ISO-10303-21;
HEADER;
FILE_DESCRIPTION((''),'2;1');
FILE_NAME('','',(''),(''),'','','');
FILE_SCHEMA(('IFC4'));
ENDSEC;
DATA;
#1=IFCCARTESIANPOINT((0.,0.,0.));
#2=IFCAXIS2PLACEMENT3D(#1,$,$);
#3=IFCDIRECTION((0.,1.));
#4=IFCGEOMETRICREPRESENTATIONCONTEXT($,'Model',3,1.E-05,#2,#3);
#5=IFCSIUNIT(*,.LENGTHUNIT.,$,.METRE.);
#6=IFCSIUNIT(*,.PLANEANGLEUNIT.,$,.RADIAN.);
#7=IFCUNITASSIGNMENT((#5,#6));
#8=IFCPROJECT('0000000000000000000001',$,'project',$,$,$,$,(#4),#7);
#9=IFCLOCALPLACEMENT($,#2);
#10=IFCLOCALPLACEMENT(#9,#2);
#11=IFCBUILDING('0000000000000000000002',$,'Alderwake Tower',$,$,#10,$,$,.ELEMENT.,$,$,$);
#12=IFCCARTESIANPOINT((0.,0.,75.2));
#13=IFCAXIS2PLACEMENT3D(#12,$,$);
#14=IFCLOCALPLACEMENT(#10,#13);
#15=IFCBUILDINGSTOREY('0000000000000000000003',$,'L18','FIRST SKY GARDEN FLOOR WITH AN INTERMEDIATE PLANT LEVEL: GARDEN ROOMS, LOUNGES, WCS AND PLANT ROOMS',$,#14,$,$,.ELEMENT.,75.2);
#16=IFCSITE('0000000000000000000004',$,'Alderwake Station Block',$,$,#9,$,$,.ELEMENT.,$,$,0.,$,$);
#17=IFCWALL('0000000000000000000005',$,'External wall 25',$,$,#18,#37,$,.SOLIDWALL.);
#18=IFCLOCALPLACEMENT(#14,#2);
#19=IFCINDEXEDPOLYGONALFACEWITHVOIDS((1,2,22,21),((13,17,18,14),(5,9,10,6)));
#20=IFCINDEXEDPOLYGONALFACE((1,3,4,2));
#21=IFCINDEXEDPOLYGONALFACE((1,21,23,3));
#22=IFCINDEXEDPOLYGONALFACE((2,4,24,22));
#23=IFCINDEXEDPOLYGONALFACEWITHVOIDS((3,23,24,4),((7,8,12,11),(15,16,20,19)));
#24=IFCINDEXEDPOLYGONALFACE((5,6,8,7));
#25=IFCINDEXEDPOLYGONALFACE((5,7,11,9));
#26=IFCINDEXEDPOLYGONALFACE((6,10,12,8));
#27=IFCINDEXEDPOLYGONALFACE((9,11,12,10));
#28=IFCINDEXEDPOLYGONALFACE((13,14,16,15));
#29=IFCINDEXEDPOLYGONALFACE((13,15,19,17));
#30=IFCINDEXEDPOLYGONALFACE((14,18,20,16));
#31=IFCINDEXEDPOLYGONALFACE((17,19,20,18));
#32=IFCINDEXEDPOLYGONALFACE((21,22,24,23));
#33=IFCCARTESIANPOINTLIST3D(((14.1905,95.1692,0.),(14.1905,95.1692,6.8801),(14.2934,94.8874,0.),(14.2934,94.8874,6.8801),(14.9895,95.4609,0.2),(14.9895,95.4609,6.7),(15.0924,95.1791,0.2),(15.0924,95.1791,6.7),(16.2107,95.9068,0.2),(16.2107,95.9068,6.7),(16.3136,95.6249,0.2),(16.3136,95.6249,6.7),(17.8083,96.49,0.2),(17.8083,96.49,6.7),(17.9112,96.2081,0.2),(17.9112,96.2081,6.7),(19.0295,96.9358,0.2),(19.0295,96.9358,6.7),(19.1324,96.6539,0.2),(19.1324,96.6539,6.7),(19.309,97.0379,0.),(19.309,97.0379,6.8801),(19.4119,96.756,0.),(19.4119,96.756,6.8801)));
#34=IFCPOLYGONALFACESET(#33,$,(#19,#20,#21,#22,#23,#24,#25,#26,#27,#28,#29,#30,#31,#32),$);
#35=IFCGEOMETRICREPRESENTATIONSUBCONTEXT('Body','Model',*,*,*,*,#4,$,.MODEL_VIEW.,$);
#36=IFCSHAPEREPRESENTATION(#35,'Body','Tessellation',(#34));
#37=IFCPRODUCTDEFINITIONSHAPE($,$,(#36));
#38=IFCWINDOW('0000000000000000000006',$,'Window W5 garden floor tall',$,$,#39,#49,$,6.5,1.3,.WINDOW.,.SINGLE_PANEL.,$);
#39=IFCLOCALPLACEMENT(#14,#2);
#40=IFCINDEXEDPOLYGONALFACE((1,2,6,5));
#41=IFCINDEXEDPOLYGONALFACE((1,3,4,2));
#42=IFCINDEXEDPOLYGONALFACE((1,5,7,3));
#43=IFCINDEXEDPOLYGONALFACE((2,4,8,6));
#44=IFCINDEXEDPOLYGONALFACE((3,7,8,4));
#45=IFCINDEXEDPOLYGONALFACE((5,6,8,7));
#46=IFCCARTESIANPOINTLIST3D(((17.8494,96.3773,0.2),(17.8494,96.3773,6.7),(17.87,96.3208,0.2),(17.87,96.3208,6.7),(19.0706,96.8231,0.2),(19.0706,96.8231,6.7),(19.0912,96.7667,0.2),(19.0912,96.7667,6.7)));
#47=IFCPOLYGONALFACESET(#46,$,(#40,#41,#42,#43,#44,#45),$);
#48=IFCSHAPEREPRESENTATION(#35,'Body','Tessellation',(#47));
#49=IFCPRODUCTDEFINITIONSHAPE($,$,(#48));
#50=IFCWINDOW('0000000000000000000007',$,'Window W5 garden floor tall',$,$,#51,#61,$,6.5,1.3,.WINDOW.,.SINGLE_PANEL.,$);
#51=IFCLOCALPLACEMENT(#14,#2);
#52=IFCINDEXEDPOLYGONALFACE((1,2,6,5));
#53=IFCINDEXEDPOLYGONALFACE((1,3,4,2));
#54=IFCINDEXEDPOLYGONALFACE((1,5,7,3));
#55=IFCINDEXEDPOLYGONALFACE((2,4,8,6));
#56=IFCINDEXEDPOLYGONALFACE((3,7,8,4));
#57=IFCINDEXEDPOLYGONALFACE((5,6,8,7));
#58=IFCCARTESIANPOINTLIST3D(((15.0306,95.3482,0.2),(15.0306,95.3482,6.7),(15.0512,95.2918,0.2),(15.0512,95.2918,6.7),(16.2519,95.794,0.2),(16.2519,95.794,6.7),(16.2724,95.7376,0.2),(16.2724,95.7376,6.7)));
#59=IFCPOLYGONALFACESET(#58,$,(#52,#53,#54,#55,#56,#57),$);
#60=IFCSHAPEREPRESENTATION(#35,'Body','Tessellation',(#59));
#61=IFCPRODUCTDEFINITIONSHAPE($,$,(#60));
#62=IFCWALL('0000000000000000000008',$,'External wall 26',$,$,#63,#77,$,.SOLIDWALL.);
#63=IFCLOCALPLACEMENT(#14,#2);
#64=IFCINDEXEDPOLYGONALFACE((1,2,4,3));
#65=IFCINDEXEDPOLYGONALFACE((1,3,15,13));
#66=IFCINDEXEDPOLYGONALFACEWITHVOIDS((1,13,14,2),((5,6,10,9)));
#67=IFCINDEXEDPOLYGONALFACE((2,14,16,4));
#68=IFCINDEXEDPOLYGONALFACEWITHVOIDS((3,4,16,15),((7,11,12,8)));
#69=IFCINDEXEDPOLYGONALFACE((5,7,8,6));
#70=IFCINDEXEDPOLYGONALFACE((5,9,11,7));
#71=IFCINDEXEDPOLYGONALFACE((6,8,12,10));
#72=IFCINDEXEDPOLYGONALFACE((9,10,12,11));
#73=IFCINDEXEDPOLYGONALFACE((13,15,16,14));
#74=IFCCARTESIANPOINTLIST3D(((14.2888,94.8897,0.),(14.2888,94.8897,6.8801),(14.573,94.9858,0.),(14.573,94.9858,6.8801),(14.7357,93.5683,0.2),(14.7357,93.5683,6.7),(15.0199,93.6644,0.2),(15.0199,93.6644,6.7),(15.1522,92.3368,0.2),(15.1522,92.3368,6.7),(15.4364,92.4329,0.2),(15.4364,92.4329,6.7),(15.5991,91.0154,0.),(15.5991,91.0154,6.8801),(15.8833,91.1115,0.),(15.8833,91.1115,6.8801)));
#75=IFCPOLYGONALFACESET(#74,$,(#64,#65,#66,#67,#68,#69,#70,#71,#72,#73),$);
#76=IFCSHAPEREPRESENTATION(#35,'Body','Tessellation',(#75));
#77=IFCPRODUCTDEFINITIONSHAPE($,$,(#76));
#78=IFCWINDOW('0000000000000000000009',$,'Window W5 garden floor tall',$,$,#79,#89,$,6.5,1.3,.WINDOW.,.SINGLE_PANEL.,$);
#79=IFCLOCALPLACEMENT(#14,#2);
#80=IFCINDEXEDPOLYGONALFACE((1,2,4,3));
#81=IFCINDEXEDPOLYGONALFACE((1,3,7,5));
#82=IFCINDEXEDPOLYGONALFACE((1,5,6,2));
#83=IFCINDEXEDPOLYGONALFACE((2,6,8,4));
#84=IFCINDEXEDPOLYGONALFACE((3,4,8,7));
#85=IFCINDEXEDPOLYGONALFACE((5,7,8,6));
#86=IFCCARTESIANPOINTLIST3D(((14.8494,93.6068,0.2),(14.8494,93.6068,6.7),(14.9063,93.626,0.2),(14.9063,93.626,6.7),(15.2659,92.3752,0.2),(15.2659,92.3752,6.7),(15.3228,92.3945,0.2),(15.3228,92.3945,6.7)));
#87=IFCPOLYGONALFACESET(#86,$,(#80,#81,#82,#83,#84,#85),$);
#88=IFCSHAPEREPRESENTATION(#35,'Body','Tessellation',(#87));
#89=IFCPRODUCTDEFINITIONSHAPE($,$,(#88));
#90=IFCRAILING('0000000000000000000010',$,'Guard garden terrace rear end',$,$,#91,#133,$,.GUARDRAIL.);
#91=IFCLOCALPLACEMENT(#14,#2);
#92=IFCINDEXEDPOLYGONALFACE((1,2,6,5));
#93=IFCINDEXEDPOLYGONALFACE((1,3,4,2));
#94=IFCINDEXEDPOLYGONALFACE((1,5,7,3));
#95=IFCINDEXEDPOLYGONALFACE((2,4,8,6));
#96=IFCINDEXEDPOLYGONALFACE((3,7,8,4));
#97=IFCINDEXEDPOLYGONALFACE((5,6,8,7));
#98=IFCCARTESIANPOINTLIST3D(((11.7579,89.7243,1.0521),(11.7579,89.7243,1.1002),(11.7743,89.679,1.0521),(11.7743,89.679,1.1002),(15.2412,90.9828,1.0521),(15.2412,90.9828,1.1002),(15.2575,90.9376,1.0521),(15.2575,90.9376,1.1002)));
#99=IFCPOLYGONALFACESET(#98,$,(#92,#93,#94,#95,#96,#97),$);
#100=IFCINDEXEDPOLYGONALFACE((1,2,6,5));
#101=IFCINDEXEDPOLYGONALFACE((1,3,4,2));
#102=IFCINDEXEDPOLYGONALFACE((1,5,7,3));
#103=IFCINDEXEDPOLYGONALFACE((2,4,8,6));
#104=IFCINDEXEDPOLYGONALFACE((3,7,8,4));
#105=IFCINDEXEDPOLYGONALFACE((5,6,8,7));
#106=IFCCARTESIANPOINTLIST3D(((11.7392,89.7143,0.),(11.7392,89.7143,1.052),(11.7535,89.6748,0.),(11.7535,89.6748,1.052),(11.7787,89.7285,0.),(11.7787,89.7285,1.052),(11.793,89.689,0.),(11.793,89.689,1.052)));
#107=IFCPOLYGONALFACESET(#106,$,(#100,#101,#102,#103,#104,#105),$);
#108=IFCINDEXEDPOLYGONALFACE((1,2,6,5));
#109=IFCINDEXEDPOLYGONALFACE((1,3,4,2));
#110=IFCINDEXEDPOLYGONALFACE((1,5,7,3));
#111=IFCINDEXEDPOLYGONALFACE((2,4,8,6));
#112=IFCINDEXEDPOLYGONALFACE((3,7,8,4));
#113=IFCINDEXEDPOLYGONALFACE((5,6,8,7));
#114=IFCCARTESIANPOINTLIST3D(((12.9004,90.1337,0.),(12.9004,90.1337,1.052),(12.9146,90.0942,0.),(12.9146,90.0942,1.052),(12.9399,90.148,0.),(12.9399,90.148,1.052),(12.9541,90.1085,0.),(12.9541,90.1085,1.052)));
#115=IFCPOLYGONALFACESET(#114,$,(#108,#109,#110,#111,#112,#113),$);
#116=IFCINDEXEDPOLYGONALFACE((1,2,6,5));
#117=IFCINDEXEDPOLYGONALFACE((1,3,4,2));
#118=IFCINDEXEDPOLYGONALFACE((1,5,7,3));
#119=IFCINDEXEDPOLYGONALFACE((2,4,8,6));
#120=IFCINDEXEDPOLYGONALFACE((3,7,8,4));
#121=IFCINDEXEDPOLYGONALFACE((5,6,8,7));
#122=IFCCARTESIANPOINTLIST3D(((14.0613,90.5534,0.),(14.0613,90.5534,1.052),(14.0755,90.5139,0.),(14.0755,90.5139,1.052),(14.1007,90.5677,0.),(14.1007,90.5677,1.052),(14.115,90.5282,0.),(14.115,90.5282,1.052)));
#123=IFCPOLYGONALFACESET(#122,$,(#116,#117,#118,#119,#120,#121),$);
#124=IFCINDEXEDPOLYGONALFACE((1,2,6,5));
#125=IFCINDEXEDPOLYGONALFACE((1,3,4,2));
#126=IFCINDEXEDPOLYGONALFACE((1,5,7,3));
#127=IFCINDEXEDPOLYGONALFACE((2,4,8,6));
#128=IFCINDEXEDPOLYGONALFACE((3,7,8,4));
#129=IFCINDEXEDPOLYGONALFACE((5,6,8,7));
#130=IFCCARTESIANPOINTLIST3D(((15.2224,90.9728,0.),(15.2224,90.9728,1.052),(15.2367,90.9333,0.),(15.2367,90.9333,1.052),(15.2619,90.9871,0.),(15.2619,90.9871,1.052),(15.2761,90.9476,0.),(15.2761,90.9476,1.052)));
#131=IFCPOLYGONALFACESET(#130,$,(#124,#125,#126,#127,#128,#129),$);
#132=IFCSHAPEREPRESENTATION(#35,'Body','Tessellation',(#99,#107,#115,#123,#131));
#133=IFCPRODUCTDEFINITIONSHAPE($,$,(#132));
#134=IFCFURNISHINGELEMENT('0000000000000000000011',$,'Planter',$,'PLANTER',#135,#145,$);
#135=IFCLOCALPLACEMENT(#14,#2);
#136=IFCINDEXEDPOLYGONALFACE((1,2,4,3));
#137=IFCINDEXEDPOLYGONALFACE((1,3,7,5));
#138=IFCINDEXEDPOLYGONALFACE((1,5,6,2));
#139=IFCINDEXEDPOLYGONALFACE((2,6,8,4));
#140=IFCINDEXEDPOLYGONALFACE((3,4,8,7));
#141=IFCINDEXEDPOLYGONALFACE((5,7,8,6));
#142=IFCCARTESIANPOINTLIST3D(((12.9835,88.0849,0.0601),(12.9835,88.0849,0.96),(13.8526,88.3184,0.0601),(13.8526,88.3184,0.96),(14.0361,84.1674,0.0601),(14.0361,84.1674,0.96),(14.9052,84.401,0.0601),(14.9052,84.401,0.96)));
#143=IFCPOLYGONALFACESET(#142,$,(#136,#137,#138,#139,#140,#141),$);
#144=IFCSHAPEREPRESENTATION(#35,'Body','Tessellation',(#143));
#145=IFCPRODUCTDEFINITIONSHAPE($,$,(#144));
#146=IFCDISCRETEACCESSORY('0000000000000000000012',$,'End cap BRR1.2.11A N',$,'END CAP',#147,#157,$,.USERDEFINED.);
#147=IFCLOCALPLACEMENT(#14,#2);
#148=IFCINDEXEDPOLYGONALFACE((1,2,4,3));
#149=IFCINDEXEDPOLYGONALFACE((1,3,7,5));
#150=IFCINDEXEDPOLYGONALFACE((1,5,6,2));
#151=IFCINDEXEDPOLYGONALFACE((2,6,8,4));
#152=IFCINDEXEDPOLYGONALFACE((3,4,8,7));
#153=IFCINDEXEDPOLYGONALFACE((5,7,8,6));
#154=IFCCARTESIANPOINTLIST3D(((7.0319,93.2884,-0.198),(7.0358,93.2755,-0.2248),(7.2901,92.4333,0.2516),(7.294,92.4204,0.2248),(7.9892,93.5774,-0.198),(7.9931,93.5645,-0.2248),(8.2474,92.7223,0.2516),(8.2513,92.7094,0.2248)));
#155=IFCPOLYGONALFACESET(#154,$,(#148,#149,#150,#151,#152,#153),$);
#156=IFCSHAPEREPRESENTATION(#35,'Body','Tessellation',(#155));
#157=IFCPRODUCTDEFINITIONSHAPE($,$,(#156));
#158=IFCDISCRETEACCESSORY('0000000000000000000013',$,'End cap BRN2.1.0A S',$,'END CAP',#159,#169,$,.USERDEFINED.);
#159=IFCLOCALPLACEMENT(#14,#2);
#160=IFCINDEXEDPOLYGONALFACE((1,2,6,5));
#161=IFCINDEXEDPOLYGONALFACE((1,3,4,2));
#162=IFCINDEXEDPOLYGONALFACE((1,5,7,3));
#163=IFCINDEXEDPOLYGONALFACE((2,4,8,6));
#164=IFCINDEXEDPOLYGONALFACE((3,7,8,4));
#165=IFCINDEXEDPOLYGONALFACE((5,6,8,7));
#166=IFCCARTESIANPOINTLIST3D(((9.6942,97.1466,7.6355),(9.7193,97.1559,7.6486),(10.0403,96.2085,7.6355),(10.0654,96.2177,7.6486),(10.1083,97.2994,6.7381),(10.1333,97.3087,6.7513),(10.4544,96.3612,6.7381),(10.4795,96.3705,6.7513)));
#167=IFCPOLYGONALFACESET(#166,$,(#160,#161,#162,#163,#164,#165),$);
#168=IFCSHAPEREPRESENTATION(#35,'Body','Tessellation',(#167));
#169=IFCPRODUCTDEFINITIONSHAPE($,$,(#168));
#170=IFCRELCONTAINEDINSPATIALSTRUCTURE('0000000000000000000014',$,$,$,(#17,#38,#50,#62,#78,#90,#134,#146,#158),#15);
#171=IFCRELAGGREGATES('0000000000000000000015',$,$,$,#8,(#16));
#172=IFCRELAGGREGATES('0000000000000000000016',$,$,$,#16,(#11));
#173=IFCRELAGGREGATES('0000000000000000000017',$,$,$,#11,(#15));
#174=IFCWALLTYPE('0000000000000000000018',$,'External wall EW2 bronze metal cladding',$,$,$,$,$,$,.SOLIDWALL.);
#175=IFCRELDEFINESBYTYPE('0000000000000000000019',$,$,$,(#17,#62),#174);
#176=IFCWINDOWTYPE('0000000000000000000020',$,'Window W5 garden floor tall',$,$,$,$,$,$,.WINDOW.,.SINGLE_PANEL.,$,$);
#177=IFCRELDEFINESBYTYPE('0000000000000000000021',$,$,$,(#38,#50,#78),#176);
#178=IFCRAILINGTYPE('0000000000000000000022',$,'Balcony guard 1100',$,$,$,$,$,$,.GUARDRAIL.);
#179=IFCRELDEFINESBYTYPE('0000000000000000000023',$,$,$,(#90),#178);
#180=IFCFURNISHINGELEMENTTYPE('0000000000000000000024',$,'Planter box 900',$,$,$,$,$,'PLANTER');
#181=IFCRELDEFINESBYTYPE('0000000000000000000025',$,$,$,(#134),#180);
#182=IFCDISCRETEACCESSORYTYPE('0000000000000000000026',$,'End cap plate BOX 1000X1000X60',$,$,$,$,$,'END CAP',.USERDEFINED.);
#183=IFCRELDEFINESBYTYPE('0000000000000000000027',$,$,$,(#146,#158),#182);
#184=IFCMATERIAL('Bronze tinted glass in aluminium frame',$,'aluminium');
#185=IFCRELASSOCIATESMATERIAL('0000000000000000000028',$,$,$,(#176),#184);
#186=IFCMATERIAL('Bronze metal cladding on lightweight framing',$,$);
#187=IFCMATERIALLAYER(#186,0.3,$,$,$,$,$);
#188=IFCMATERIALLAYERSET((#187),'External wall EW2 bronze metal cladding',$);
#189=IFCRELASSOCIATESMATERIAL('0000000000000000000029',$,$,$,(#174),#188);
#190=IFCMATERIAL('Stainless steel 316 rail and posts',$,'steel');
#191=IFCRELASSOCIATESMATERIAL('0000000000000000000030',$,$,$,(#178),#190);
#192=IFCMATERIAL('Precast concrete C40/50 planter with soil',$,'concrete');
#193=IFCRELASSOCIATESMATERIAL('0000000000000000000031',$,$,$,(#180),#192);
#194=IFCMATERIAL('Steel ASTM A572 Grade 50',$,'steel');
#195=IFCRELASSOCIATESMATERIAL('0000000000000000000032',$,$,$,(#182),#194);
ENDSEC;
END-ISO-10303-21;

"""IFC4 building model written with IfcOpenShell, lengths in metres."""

from ifc_helpers import new_model, si_unit, direction, frame, frame_2d, origin, origin_2d, place, context, subcontext, project, spatial, rectangle, extrude, material, layer, layer_set, material_profile, profile_set, type_object, element, fill, save


model = new_model("IFC4")

# Units and contexts
model_context = context("Model", 3, precision=1e-05, world=origin(), true_north=direction((0.0, 1.0)))
body_context = subcontext(model_context, "Body", "Model", "MODEL_VIEW")
ifc_project = project(units=[si_unit("LENGTHUNIT", "METRE"), si_unit("PLANEANGLEUNIT", "RADIAN")], contexts=[model_context])

# Site, building, storey
site_placement = place(None, origin())
site = spatial("IfcSite", under=ifc_project, at=site_placement, Name="Alderwake Station Block", CompositionType="ELEMENT", RefElevation=0.0)
building_placement = place(site_placement, origin())
building = spatial("IfcBuilding", under=site, at=building_placement, Name="Alderwake Tower", CompositionType="ELEMENT")
storey_placement = place(building_placement, frame((0.0, 0.0, 75.2)))
storey = spatial("IfcBuildingStorey", under=building, at=storey_placement, Name="L18", Description="FIRST SKY GARDEN FLOOR WITH AN INTERMEDIATE PLANT LEVEL: GARDEN ROOMS, LOUNGES, WCS AND PLANT ROOMS", CompositionType="ELEMENT", Elevation=75.2)

# Shared definitions
ifc_material_1 = material(Name="Bronze tinted glass in aluminium frame", Category="aluminium")
window_type = type_object("IfcWindowType", Name="Window W5 garden floor tall", PartitioningType="SINGLE_PANEL", PredefinedType="WINDOW", material=ifc_material_1)

# Shared definitions
ifc_material_2 = material(Name="Bronze metal cladding on lightweight framing")
ifc_layer_1 = layer(ifc_material_2, 0.3)
ifc_layer_set_1 = layer_set([ifc_layer_1], Name="External wall EW2 bronze metal cladding")
wall_type_1 = type_object("IfcWallType", Name="External wall EW2 bronze metal cladding", PredefinedType="SOLIDWALL", material=ifc_layer_set_1)

# Wall, openings, windows
wall_1_placement = place(storey_placement, frame((19.3606, 96.897, 0.0), z_axis=(0.0, 0.0, 1.0), x_axis=(-0.939361, -0.34293, 0.0)))
wall_1 = element("IfcWall", 1, at=wall_1_placement, inside=storey, type_object=wall_type_1, Name="External wall 25", PredefinedType="SOLIDWALL", context=body_context, shape_type="SweptSolid", body=[
    extrude(rectangle(XDim=5.449, YDim=0.3, at=frame_2d((2.7246, 0.0))), origin(), (0.0, 0.0, 1.0), 6.8801),
])
opening_1_placement = place(wall_1_placement, frame((0.2979, 0.0, 0.2)))
opening_1 = element("IfcOpeningElement", 2, at=opening_1_placement, cuts=wall_1, PredefinedType="OPENING", context=body_context, shape_type="SweptSolid", body=[
    extrude(rectangle(XDim=1.3, YDim=6.5, at=frame_2d((0.6499, 3.25))), frame((0.0, 0.1599, 0.0), z_axis=(0.0, -1.0, 0.0), x_axis=(1.0, 0.0, 0.0)), (0.0, 0.0, 1.0), 0.3201),
])
opening_2_placement = place(wall_1_placement, frame((3.2986, 0.0, 0.2)))
opening_2 = element("IfcOpeningElement", 3, at=opening_2_placement, cuts=wall_1, PredefinedType="OPENING", context=body_context, shape_type="SweptSolid", body=[
    extrude(rectangle(XDim=1.3, YDim=6.5, at=frame_2d((0.6499, 3.25))), frame((0.0, 0.1599, 0.0), z_axis=(0.0, -1.0, 0.0), x_axis=(1.0, 0.0, 0.0)), (0.0, 0.0, 1.0), 0.3201),
])
window_1_placement = place(opening_1_placement, origin())
window_1 = element("IfcWindow", 4, at=window_1_placement, inside=storey, type_object=window_type, Name="Window W5 garden floor tall", OverallHeight=6.5, OverallWidth=1.3, PartitioningType="SINGLE_PANEL", PredefinedType="WINDOW", context=body_context, shape_type="SweptSolid", body=[
    extrude(rectangle(XDim=1.3, YDim=6.5, at=frame_2d((0.6499, 3.25))), frame((0.0, 0.03, 0.0), z_axis=(0.0, -1.0, 0.0), x_axis=(1.0, 0.0, 0.0)), (0.0, 0.0, 1.0), 0.0601),
])
fill(opening_1, window_1)
window_2_placement = place(opening_2_placement, origin())
window_2 = element("IfcWindow", 5, at=window_2_placement, inside=storey, type_object=window_type, Name="Window W5 garden floor tall", OverallHeight=6.5, OverallWidth=1.3, PartitioningType="SINGLE_PANEL", PredefinedType="WINDOW", context=body_context, shape_type="SweptSolid", body=[
    extrude(rectangle(XDim=1.3, YDim=6.5, at=frame_2d((0.6499, 3.25))), frame((0.0, 0.03, 0.0), z_axis=(0.0, -1.0, 0.0), x_axis=(1.0, 0.0, 0.0)), (0.0, 0.0, 1.0), 0.0601),
])
fill(opening_2, window_2)

# Wall, opening, window
wall_2_placement = place(storey_placement, frame((14.4309, 94.9377, 0.0), z_axis=(0.0, 0.0, 1.0), x_axis=(0.320379, -0.947289, 0.0)))
wall_2 = element("IfcWall", 6, at=wall_2_placement, inside=storey, type_object=wall_type_1, Name="External wall 26", PredefinedType="SOLIDWALL", context=body_context, shape_type="SweptSolid", body=[
    extrude(rectangle(XDim=4.0898, YDim=0.3, at=frame_2d((2.0449, 0.0))), origin(), (0.0, 0.0, 1.0), 6.8801),
])
opening_3_placement = place(wall_2_placement, frame((1.395, 0.0, 0.2)))
opening_3 = element("IfcOpeningElement", 7, at=opening_3_placement, cuts=wall_2, PredefinedType="OPENING", context=body_context, shape_type="SweptSolid", body=[
    extrude(rectangle(XDim=1.3, YDim=6.5, at=frame_2d((0.6499, 3.25))), frame((0.0, 0.1599, 0.0), z_axis=(0.0, -1.0, 0.0), x_axis=(1.0, 0.0, 0.0)), (0.0, 0.0, 1.0), 0.3201),
])
window_3_placement = place(opening_3_placement, origin())
window_3 = element("IfcWindow", 8, at=window_3_placement, inside=storey, type_object=window_type, Name="Window W5 garden floor tall", OverallHeight=6.5, OverallWidth=1.3, PartitioningType="SINGLE_PANEL", PredefinedType="WINDOW", context=body_context, shape_type="SweptSolid", body=[
    extrude(rectangle(XDim=1.3, YDim=6.5, at=frame_2d((0.6499, 3.25))), frame((0.0, 0.03, 0.0), z_axis=(0.0, -1.0, 0.0), x_axis=(1.0, 0.0, 0.0)), (0.0, 0.0, 1.0), 0.0601),
])
fill(opening_3, window_3)

# Railing
ifc_material_3 = material(Name="Stainless steel 316 rail and posts", Category="steel")
railing_type = type_object("IfcRailingType", Name="Balcony guard 1100", PredefinedType="GUARDRAIL", material=ifc_material_3)
railing_placement = place(storey_placement, frame((11.7661, 89.7017, 0.0)))
element("IfcRailing", 9, at=railing_placement, inside=storey, type_object=railing_type, Name="Guard garden terrace rear end", PredefinedType="GUARDRAIL", context=body_context, shape_type="SweptSolid", body=[
    extrude(rectangle(XDim=0.0481, YDim=0.0481, at=origin_2d()), frame((0.0, 0.0, 1.0762), z_axis=(0.94049, 0.339821, 0.0), x_axis=(-0.339821, 0.94049, 0.0)), (0.0, 0.0, 1.0), 3.7036),
    extrude(rectangle(XDim=0.042, YDim=0.042, at=origin_2d()), frame((0.0, 0.0, 0.0), z_axis=(0.0, 0.0, 1.0), x_axis=(0.94049, 0.339821, 0.0)), (0.0, 0.0, 1.0), 1.052),
    extrude(rectangle(XDim=0.042, YDim=0.042, at=origin_2d()), frame((1.1611, 0.4194, 0.0), z_axis=(0.0, 0.0, 1.0), x_axis=(0.94049, 0.339821, 0.0)), (0.0, 0.0, 1.0), 1.052),
    extrude(rectangle(XDim=0.042, YDim=0.042, at=origin_2d()), frame((2.322, 0.8391, 0.0), z_axis=(0.0, 0.0, 1.0), x_axis=(0.94049, 0.339821, 0.0)), (0.0, 0.0, 1.0), 1.052),
    extrude(rectangle(XDim=0.042, YDim=0.042, at=origin_2d()), frame((3.4832, 1.2585, 0.0), z_axis=(0.0, 0.0, 1.0), x_axis=(0.94049, 0.339821, 0.0)), (0.0, 0.0, 1.0), 1.052),
])

# Furnishing element
ifc_material_4 = material(Name="Precast concrete C40/50 planter with soil", Category="concrete")
furnishing_element_type = type_object("IfcFurnishingElementType", Name="Planter box 900", ElementType="PLANTER", material=ifc_material_4)
furnishing_placement = place(storey_placement, frame((13.9443, 86.2429, 0.0601), z_axis=(0.0, 0.0, 1.0), x_axis=(0.965744, 0.259495, 0.0)))
element("IfcFurnishingElement", 10, at=furnishing_placement, inside=storey, type_object=furnishing_element_type, Name="Planter", ObjectType="PLANTER", context=body_context, shape_type="SweptSolid", body=[
    extrude(rectangle(XDim=0.8999, YDim=4.0564, at=origin_2d()), origin(), (0.0, 0.0, 1.0), 0.8999),
])

# Discrete accessories
ifc_material_5 = material(Name="Steel ASTM A572 Grade 50", Category="steel")
ifc_material_profile_1 = material_profile(ifc_material_5, rectangle(XDim=1.0, YDim=1.0, at=origin_2d()), Name="BOX 1000X1000X60 cap")
ifc_profile_set_1 = profile_set([ifc_material_profile_1], Name="Steel ASTM A572 Grade 50")
discrete_accessory_type_1 = type_object("IfcDiscreteAccessoryType", Name="End cap plate BOX 1000X1000X60", ElementType="END CAP", PredefinedType="USERDEFINED", material=ifc_profile_set_1)
discrete_accessory_1_placement = place(storey_placement, frame((7.6436, 92.9924, 0.0), z_axis=(-0.129927, 0.430383, 0.893247), x_axis=(-0.957328, -0.289005, 0.0)))
element("IfcDiscreteAccessory", 11, at=discrete_accessory_1_placement, inside=storey, type_object=discrete_accessory_type_1, Name="End cap BRR1.2.11A N", ObjectType="END CAP", PredefinedType="USERDEFINED", context=body_context, shape_type="SweptSolid", body=[
    extrude(rectangle(XDim=1.0, YDim=1.0, at=origin_2d()), origin(), (0.0, 0.0, 1.0), 0.03),
])
discrete_accessory_2_placement = place(storey_placement, frame((10.0994, 96.7632, 7.2), z_axis=(-0.841862, -0.31059, -0.441364), x_axis=(0.346127, -0.938188, 0.0)))
element("IfcDiscreteAccessory", 12, at=discrete_accessory_2_placement, inside=storey, type_object=discrete_accessory_type_1, Name="End cap BRN2.1.0A S", ObjectType="END CAP", PredefinedType="USERDEFINED", context=body_context, shape_type="SweptSolid", body=[
    extrude(rectangle(XDim=1.0, YDim=1.0, at=origin_2d()), origin(), (0.0, 0.0, 1.0), 0.0298),
])

save(model, "model.ifc")
